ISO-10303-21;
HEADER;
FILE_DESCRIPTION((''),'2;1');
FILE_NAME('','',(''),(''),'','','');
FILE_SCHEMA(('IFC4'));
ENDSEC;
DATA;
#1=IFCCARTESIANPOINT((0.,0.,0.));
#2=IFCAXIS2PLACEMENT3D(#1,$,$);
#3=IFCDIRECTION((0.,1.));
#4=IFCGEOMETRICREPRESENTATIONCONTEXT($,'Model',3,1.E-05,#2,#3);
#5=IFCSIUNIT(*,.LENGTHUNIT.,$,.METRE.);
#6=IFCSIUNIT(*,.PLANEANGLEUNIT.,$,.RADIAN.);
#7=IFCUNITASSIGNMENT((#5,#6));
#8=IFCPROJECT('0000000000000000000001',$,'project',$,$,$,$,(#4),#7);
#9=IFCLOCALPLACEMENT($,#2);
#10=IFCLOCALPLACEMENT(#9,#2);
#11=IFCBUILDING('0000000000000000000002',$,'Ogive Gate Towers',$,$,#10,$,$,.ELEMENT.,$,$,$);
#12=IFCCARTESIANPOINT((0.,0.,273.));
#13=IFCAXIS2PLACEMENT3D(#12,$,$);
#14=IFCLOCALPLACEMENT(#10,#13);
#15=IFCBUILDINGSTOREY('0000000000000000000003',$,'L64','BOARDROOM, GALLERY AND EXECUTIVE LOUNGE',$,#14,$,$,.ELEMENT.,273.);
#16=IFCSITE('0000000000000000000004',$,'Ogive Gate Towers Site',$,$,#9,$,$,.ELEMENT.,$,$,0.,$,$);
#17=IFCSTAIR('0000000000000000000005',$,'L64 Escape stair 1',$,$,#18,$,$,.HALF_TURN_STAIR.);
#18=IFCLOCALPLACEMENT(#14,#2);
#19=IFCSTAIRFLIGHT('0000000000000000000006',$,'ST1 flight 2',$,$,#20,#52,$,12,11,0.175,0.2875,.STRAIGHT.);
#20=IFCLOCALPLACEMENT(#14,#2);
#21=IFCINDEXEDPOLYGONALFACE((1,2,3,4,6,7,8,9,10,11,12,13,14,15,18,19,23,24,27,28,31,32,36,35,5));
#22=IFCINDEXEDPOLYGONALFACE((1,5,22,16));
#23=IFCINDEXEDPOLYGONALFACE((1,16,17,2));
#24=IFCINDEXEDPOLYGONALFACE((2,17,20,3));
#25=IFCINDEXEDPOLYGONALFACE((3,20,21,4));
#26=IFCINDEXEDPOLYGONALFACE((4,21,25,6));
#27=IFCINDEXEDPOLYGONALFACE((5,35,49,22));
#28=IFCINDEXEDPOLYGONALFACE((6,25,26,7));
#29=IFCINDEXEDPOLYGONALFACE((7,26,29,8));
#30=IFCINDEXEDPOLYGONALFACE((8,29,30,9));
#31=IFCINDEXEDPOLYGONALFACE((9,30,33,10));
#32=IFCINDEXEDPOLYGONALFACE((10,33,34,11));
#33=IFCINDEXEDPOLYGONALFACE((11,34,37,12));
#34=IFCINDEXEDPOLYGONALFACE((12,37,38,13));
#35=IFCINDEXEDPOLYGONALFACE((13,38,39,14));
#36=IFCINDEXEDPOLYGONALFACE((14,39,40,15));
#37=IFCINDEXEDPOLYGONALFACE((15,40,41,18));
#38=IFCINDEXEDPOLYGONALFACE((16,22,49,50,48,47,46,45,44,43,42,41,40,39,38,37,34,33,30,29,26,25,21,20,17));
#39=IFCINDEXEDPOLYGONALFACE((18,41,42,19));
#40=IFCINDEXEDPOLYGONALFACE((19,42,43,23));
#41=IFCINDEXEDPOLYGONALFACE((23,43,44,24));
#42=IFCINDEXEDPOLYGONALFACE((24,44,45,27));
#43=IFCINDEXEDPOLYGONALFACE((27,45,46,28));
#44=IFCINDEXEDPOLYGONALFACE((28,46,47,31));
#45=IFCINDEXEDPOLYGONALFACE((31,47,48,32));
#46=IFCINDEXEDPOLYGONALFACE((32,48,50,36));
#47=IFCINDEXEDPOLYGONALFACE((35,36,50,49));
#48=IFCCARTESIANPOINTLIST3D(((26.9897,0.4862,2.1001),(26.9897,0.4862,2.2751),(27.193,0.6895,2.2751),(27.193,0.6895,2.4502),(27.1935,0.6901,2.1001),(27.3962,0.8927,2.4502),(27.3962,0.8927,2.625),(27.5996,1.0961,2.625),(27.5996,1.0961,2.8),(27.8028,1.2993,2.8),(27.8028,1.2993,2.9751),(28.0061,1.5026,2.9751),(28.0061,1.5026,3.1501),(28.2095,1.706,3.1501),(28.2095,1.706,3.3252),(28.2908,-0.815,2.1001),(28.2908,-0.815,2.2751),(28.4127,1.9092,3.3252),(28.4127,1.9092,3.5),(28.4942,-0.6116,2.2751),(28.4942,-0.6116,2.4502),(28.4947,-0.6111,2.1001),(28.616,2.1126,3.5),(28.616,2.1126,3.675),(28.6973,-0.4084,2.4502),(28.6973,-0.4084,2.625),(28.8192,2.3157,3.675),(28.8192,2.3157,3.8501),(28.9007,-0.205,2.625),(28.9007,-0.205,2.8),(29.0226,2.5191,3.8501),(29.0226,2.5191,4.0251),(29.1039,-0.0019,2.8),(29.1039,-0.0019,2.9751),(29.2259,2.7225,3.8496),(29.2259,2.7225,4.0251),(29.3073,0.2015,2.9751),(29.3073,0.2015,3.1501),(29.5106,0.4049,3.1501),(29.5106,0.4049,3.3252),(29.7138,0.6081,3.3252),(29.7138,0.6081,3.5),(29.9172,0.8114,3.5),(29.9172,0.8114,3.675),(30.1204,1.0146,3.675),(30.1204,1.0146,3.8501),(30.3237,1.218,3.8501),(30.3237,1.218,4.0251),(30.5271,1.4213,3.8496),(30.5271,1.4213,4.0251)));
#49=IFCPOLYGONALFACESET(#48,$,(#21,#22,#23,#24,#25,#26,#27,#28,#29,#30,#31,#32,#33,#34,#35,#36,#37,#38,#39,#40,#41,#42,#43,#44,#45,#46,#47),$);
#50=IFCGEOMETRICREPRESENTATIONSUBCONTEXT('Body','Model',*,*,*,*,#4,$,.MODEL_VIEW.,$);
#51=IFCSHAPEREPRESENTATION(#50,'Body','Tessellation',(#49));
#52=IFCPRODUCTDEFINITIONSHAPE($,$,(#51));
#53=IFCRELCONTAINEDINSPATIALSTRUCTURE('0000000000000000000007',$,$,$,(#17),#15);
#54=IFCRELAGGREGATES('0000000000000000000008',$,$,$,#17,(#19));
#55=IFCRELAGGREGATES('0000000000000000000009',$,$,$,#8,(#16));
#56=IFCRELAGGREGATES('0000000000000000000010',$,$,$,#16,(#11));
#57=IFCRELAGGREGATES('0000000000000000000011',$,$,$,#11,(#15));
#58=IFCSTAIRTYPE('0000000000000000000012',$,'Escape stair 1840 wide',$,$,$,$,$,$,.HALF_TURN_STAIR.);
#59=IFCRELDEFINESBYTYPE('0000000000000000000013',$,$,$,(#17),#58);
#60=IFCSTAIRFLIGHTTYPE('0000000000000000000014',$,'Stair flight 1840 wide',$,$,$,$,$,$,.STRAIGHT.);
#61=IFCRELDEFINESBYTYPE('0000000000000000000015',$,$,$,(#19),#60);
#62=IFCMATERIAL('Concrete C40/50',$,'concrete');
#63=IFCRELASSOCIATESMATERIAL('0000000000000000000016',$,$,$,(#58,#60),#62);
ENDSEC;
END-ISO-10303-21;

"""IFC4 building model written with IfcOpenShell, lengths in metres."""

from ifc_helpers import new_model, si_unit, direction, frame, origin, place, context, subcontext, project, spatial, polyline, outline, extrude, material, type_object, element, aggregate, save


model = new_model("IFC4")

# Units and contexts
model_context = context("Model", 3, precision=1e-05, world=origin(), true_north=direction((0.0, 1.0)))
body_context = subcontext(model_context, "Body", "Model", "MODEL_VIEW")
ifc_project = project(units=[si_unit("LENGTHUNIT", "METRE"), si_unit("PLANEANGLEUNIT", "RADIAN")], contexts=[model_context])

# Site, building, storey
site_placement = place(None, origin())
site = spatial("IfcSite", under=ifc_project, at=site_placement, Name="Ogive Gate Towers Site", CompositionType="ELEMENT", RefElevation=0.0)
building_placement = place(site_placement, origin())
building = spatial("IfcBuilding", under=site, at=building_placement, Name="Ogive Gate Towers", CompositionType="ELEMENT")
storey_placement = place(building_placement, frame((0.0, 0.0, 273.0)))
storey = spatial("IfcBuildingStorey", under=building, at=storey_placement, Name="L64", Description="BOARDROOM, GALLERY AND EXECUTIVE LOUNGE", CompositionType="ELEMENT", Elevation=273.0)

# Stair, stair flight
ifc_material_1 = material(Name="Concrete C40/50", Category="concrete")
stair_type = type_object("IfcStairType", Name="Escape stair 1840 wide", PredefinedType="HALF_TURN_STAIR", material=ifc_material_1)
stair_placement = place(storey_placement, origin())
stair = element("IfcStair", 1, at=stair_placement, inside=storey, type_object=stair_type, Name="L64 Escape stair 1", PredefinedType="HALF_TURN_STAIR")
stair_flight_type = type_object("IfcStairFlightType", Name="Stair flight 1840 wide", PredefinedType="STRAIGHT", material=ifc_material_1)
stair_flight_placement = place(storey_placement, frame((27.6401, -0.1643, 2.1001), z_axis=(0.0, 0.0, 1.0), x_axis=(0.707107, 0.707107, 0.0)))
stair_flight = element("IfcStairFlight", 2, at=stair_flight_placement, type_object=stair_flight_type, Name="ST1 flight 2", NumberOfRisers=12, NumberOfTreads=11, PredefinedType="STRAIGHT", RiserHeight=0.175, TreadLength=0.2875, context=body_context, shape_type="SweptSolid", body=[
    extrude(outline(polyline([(0.0, 0.0), (0.0, 0.175), (0.2876, 0.175), (0.2876, 0.3501), (0.575, 0.3501), (0.575, 0.5249), (0.8625, 0.5249), (0.8625, 0.7), (1.1499, 0.7), (1.1499, 0.875), (1.4375, 0.875), (1.4375, 1.05), (1.7251, 1.05), (1.7251, 1.2251), (2.0125, 1.2251), (2.0125, 1.3999), (2.3, 1.3999), (2.3, 1.575), (2.5874, 1.575), (2.5874, 1.75), (2.875, 1.75), (2.875, 1.925), (3.1626, 1.925), (3.1626, 2.1001), (3.1626, 1.7495), (0.2883, 0.0), (0.0, 0.0)])), frame((0.0, 0.9199, 0.0), z_axis=(0.0, -1.0, 0.0), x_axis=(1.0, 0.0, 0.0)), (0.0, 0.0, 1.0), 1.8401),
])
aggregate(stair, [stair_flight])

save(model, "model.ifc")
